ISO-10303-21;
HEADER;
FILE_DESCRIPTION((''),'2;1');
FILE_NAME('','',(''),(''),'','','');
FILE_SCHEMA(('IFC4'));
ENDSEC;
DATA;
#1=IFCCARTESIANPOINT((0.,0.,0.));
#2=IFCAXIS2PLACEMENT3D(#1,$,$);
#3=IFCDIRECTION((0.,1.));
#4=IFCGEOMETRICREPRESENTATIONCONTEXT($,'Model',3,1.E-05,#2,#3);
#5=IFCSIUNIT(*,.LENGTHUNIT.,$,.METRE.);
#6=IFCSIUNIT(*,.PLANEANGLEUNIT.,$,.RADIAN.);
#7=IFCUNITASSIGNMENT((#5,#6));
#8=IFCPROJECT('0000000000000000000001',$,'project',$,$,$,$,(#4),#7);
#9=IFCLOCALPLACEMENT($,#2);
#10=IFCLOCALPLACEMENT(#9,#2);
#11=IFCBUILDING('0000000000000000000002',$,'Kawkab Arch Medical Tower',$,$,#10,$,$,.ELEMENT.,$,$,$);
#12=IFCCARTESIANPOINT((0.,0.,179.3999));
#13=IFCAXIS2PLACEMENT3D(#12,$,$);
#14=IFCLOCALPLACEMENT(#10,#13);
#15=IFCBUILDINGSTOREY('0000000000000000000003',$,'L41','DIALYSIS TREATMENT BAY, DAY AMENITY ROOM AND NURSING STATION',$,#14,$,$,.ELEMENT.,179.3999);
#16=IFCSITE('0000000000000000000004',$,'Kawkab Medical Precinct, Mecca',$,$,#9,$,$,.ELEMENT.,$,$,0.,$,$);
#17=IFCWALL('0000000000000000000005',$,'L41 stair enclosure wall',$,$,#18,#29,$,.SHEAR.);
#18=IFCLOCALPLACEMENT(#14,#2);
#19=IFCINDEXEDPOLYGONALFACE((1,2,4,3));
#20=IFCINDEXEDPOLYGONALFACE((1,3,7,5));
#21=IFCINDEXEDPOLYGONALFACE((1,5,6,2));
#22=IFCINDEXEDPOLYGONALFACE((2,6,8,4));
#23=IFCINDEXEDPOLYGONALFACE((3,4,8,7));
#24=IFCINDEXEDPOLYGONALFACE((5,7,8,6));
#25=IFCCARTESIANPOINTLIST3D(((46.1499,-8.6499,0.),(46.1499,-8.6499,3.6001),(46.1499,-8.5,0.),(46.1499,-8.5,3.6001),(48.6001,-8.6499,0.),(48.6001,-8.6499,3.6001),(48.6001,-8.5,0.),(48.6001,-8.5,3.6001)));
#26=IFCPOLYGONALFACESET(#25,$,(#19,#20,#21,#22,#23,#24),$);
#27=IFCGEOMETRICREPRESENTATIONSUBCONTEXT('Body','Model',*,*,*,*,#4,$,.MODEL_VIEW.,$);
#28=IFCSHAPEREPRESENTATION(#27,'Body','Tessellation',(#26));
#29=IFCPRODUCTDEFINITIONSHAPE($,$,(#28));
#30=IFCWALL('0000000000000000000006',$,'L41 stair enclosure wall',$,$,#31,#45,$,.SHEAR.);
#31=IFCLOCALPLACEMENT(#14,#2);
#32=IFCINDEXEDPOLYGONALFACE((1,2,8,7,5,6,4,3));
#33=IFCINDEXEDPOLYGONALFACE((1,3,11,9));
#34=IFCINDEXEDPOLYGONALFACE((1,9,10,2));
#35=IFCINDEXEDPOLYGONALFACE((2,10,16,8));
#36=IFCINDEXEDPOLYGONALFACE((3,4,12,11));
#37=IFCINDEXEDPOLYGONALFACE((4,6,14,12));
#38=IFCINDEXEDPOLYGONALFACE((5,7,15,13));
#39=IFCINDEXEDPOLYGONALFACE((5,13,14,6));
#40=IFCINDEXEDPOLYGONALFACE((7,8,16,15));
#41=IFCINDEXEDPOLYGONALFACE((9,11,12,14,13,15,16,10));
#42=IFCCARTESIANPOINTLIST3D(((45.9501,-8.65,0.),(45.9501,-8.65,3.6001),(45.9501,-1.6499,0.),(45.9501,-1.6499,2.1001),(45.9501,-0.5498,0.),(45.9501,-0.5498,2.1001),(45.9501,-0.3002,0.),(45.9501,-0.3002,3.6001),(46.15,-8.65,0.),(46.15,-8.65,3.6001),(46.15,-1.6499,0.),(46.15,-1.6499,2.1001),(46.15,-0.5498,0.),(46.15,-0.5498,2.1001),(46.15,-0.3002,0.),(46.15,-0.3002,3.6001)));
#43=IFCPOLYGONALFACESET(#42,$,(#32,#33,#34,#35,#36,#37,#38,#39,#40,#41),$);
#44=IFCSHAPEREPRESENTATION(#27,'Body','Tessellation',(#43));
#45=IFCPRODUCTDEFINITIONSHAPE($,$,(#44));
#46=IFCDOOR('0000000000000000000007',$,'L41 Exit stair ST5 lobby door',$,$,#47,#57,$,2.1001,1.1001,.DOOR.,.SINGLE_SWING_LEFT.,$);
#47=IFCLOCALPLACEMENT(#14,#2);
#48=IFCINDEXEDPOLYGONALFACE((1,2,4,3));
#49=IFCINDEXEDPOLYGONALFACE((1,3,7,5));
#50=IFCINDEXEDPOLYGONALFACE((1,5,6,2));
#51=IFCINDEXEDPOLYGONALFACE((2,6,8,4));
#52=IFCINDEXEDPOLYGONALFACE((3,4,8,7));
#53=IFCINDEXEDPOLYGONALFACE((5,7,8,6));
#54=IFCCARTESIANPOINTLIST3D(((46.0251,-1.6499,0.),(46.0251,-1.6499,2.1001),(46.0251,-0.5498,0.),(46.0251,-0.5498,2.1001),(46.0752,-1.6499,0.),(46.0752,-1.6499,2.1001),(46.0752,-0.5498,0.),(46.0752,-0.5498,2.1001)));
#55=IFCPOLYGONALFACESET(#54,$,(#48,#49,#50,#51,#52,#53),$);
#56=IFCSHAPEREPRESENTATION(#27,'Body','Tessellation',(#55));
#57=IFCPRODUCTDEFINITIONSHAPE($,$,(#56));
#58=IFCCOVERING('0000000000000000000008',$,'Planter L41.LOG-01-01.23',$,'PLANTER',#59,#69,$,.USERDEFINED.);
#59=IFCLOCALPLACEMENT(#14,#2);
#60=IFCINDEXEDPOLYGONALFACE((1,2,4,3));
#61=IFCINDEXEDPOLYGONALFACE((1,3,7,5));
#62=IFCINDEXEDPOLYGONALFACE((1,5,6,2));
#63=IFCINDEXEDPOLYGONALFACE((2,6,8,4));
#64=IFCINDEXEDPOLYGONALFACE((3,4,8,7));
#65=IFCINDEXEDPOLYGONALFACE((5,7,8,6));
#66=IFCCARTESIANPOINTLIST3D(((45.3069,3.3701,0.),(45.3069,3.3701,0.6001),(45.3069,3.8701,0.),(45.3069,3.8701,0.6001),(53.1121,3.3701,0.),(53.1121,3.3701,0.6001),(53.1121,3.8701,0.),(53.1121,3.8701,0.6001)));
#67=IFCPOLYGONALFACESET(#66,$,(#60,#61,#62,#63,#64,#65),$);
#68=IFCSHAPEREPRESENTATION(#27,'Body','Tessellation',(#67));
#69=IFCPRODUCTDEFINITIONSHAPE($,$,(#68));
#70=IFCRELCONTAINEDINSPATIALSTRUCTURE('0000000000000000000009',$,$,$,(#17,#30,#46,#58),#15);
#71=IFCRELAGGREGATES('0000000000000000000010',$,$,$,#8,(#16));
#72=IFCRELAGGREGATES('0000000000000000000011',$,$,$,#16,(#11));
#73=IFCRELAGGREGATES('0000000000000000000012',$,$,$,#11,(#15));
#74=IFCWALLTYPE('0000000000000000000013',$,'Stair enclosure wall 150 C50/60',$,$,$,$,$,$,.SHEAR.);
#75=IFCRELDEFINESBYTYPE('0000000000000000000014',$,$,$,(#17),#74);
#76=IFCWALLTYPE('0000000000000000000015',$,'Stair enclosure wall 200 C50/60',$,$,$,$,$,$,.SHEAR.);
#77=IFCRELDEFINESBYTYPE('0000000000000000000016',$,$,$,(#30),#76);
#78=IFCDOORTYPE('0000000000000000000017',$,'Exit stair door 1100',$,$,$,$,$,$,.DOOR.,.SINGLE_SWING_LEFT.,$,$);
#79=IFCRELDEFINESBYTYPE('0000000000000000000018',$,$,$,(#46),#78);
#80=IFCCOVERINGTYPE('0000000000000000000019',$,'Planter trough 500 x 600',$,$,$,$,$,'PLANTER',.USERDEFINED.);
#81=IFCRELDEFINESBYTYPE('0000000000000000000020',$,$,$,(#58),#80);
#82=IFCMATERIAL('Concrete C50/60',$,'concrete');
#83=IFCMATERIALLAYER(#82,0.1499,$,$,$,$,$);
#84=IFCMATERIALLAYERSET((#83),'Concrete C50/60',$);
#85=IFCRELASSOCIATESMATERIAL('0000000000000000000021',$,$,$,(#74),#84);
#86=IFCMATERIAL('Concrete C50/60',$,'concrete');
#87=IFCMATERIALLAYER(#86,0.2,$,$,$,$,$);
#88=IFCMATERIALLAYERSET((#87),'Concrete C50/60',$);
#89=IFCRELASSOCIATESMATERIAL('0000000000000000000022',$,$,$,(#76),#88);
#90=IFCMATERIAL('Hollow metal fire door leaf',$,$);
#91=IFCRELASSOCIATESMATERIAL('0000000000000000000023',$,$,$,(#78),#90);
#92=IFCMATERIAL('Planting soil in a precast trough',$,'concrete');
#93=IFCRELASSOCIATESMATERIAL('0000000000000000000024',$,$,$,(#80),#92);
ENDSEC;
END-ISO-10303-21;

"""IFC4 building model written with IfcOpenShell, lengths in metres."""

from ifc_helpers import new_model, si_unit, direction, frame, frame_2d, origin, origin_2d, place, context, subcontext, project, spatial, rectangle, extrude, material, layer, layer_set, material_profile, profile_set, type_object, element, fill, save


model = new_model("IFC4")

# Units and contexts
model_context = context("Model", 3, precision=1e-05, world=origin(), true_north=direction((0.0, 1.0)))
body_context = subcontext(model_context, "Body", "Model", "MODEL_VIEW")
ifc_project = project(units=[si_unit("LENGTHUNIT", "METRE"), si_unit("PLANEANGLEUNIT", "RADIAN")], contexts=[model_context])

# Site, building, storey
site_placement = place(None, origin())
site = spatial("IfcSite", under=ifc_project, at=site_placement, Name="Kawkab Medical Precinct, Mecca", CompositionType="ELEMENT", RefElevation=0.0)
building_placement = place(site_placement, origin())
building = spatial("IfcBuilding", under=site, at=building_placement, Name="Kawkab Arch Medical Tower", CompositionType="ELEMENT")
storey_placement = place(building_placement, frame((0.0, 0.0, 179.3999)))
storey = spatial("IfcBuildingStorey", under=building, at=storey_placement, Name="L41", Description="DIALYSIS TREATMENT BAY, DAY AMENITY ROOM AND NURSING STATION", CompositionType="ELEMENT", Elevation=179.3999)

# Wall
ifc_material_1 = material(Name="Concrete C50/60", Category="concrete")
ifc_layer_1 = layer(ifc_material_1, 0.1499)
ifc_layer_set_1 = layer_set([ifc_layer_1], Name="Concrete C50/60")
wall_type_1 = type_object("IfcWallType", Name="Stair enclosure wall 150 C50/60", PredefinedType="SHEAR", material=ifc_layer_set_1)
for number, where, z_axis, x_axis, name in (
    (1, (46.1499, -8.575, 0.0), (0.0, 0.0, 1.0), (1.0, 0.0, 0.0), "L41 stair enclosure wall"),
):
    element("IfcWall", number, at=place(storey_placement, frame(where, z_axis=z_axis, x_axis=x_axis)), inside=storey, type_object=wall_type_1, Name=name, PredefinedType="SHEAR", context=body_context, shape_type="SweptSolid", body=[
        extrude(rectangle(XDim=2.4502, YDim=0.1499, at=frame_2d((1.2251, 0.0))), origin(), (0.0, 0.0, 1.0), 3.6001),
    ])

# Wall, opening, door
ifc_material_2 = material(Name="Concrete C50/60", Category="concrete")
ifc_layer_2 = layer(ifc_material_2, 0.2)
ifc_layer_set_2 = layer_set([ifc_layer_2], Name="Concrete C50/60")
wall_type_2 = type_object("IfcWallType", Name="Stair enclosure wall 200 C50/60", PredefinedType="SHEAR", material=ifc_layer_set_2)
wall_1_placement = place(storey_placement, frame((46.05, -8.6499, 0.0), z_axis=(0.0, 0.0, 1.0), x_axis=(0.0, 1.0, 0.0)))
wall_1 = element("IfcWall", 2, at=wall_1_placement, inside=storey, type_object=wall_type_2, Name="L41 stair enclosure wall", PredefinedType="SHEAR", context=body_context, shape_type="SweptSolid", body=[
    extrude(rectangle(XDim=8.3499, YDim=0.2, at=frame_2d((4.1748, 0.0))), origin(), (0.0, 0.0, 1.0), 3.6001),
])
opening_1_placement = place(wall_1_placement, frame((7.0, 0.0, 0.0)))
opening_1 = element("IfcOpeningElement", 3, at=opening_1_placement, cuts=wall_1, PredefinedType="OPENING", context=body_context, shape_type="SweptSolid", body=[
    extrude(rectangle(XDim=1.1001, YDim=2.1001, at=frame_2d((0.55, 1.05))), frame((0.0, 0.1099, 0.0), z_axis=(0.0, -1.0, 0.0), x_axis=(1.0, 0.0, 0.0)), (0.0, 0.0, 1.0), 0.22),
])
ifc_material_3 = material(Name="Hollow metal fire door leaf")
door_type_1 = type_object("IfcDoorType", Name="Exit stair door 1100", OperationType="SINGLE_SWING_LEFT", PredefinedType="DOOR", material=ifc_material_3)
door_1_placement = place(opening_1_placement, origin())
door_1 = element("IfcDoor", 4, at=door_1_placement, inside=storey, type_object=door_type_1, Name="L41 Exit stair ST5 lobby door", OperationType="SINGLE_SWING_LEFT", OverallHeight=2.1001, OverallWidth=1.1001, PredefinedType="DOOR", context=body_context, shape_type="SweptSolid", body=[
    extrude(rectangle(XDim=1.1001, YDim=2.1001, at=frame_2d((0.55, 1.05))), frame((0.0, 0.0249, 0.0), z_axis=(0.0, -1.0, 0.0), x_axis=(1.0, 0.0, 0.0)), (0.0, 0.0, 1.0), 0.05),
])
fill(opening_1, door_1)

# Covering
ifc_material_4 = material(Name="Planting soil in a precast trough", Category="concrete")
ifc_material_profile_1 = material_profile(ifc_material_4, rectangle(XDim=0.5, YDim=0.6001, at=origin_2d()), Name="Trough 500x600")
ifc_profile_set_1 = profile_set([ifc_material_profile_1], Name="Planting soil in a precast trough")
covering_type = type_object("IfcCoveringType", Name="Planter trough 500 x 600", ElementType="PLANTER", PredefinedType="USERDEFINED", material=ifc_profile_set_1)
covering_placement = place(storey_placement, frame((45.3069, 3.6201, 0.3), z_axis=(1.0, 0.0, 0.0), x_axis=(0.0, 1.0, 0.0)))
element("IfcCovering", 5, at=covering_placement, inside=storey, type_object=covering_type, Name="Planter L41.LOG-01-01.23", ObjectType="PLANTER", PredefinedType="USERDEFINED", context=body_context, shape_type="SweptSolid", body=[
    extrude(rectangle(XDim=0.5, YDim=0.6001, at=origin_2d()), origin(), (0.0, 0.0, 1.0), 7.8052),
])

save(model, "model.ifc")
